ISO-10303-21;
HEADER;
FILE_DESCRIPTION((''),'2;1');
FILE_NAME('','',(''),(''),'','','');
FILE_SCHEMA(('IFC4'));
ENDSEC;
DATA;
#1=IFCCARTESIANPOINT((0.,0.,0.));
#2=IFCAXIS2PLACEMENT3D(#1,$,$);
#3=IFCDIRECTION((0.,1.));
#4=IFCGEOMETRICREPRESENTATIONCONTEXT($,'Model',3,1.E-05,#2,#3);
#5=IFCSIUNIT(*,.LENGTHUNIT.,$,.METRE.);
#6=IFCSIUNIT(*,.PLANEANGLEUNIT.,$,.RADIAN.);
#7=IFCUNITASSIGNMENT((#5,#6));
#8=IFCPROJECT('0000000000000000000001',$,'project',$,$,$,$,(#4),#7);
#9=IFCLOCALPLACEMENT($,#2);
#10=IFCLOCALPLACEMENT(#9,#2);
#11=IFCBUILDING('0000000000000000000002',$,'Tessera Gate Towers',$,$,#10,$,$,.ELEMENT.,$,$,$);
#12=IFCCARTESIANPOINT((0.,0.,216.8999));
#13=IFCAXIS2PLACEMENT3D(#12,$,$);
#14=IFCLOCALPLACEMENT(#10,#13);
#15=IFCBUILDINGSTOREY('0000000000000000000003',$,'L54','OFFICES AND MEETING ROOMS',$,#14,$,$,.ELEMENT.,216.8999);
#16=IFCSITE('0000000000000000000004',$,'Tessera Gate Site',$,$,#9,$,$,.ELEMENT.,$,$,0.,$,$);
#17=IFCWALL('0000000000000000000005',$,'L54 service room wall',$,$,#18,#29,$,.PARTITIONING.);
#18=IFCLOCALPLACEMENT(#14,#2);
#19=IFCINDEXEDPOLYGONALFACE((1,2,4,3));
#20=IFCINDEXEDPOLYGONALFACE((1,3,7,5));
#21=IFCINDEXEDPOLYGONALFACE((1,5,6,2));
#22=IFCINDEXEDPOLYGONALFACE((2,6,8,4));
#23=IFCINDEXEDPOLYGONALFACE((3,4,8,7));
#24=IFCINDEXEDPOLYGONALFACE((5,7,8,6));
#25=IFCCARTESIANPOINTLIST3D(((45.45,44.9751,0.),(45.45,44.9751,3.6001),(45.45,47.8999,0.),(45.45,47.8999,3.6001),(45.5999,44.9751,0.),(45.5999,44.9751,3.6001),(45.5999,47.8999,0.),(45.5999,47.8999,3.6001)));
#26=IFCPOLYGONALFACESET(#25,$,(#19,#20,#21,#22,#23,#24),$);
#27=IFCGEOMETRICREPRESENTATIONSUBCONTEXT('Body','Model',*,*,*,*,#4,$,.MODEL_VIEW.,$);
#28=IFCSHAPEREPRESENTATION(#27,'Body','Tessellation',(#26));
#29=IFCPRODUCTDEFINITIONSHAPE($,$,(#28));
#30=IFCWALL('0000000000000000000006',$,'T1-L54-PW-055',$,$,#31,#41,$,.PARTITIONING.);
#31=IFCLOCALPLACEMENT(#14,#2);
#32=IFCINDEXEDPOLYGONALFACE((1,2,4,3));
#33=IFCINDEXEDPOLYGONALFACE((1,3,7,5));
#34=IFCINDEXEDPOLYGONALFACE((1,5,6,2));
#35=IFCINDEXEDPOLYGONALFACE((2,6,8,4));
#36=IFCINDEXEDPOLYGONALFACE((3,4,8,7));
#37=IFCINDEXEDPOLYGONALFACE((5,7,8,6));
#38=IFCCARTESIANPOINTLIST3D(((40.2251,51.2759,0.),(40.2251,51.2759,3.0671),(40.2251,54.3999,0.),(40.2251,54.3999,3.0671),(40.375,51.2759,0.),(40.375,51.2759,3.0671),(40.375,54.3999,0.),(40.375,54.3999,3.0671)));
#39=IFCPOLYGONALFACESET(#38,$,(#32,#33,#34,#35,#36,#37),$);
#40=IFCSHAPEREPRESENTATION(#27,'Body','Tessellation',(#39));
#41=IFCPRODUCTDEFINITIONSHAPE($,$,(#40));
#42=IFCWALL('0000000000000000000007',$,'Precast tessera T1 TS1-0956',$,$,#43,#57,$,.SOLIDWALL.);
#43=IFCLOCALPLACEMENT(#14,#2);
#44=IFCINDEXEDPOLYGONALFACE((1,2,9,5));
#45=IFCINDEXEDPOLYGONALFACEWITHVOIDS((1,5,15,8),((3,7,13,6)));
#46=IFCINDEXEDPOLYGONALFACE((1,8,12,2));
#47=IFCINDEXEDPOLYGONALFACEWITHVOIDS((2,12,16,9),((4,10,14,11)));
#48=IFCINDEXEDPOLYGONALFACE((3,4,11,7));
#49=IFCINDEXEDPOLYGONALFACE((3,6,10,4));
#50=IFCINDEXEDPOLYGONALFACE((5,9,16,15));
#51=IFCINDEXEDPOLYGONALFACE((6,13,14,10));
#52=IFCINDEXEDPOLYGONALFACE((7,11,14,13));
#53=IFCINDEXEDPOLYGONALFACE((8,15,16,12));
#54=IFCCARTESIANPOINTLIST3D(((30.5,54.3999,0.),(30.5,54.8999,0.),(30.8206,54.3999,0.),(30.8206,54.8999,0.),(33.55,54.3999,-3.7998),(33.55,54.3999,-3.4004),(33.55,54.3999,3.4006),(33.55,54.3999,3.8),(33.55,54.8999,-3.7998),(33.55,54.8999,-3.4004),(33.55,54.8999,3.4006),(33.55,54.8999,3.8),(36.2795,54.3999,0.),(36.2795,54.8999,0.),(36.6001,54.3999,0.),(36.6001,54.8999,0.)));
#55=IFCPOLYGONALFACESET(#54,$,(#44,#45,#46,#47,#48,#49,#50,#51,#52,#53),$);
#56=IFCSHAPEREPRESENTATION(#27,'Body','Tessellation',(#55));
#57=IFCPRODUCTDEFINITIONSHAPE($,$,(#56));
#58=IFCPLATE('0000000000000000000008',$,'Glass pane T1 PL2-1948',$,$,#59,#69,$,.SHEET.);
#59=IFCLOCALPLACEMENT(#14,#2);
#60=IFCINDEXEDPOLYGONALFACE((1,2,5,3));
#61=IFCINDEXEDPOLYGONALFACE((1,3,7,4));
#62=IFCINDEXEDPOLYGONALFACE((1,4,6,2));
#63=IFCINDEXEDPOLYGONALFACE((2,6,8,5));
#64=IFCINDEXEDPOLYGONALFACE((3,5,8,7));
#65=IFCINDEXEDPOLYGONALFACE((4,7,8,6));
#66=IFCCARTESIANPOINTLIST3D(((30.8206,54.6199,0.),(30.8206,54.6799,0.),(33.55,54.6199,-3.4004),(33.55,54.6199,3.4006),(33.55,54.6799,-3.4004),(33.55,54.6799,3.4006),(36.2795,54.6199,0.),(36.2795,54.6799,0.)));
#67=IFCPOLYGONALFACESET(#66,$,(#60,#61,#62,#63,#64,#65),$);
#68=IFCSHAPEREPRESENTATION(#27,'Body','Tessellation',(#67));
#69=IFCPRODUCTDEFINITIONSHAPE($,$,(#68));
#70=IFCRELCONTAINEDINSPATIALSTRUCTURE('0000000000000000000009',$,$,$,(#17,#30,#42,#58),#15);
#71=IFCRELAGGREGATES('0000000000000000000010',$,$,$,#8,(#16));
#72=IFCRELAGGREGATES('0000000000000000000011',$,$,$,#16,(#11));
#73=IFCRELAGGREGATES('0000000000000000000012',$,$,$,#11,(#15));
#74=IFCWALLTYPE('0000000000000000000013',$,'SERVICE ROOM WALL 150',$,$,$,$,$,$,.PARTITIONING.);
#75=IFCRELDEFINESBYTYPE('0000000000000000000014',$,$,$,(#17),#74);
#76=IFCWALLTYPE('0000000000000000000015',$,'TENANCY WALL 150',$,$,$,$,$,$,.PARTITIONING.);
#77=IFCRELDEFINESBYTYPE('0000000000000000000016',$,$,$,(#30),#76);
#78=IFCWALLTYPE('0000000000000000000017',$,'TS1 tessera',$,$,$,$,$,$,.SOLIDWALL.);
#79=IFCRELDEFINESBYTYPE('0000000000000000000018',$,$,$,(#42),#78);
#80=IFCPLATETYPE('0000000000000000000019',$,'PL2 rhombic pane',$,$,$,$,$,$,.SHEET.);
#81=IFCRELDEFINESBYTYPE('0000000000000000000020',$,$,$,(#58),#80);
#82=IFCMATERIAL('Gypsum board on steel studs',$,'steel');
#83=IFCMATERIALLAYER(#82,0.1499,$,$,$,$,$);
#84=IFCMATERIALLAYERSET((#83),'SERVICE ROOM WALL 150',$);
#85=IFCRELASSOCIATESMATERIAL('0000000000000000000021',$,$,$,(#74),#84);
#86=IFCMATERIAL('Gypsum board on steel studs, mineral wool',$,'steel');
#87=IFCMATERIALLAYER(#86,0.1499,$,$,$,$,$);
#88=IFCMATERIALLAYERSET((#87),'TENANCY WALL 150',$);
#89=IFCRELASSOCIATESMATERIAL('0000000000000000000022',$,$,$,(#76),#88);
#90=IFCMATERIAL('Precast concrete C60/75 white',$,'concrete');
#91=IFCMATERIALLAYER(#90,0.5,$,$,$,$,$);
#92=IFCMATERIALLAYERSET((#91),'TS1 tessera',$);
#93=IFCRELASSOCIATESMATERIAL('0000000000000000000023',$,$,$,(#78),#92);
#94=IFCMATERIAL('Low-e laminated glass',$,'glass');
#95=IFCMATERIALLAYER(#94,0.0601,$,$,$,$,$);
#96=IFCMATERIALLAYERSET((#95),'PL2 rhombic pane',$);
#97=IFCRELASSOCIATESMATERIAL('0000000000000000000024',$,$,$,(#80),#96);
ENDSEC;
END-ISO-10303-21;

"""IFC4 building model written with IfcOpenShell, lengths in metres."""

from ifc_helpers import new_model, si_unit, direction, frame, frame_2d, origin, place, context, subcontext, project, spatial, polyline, rectangle, outline, extrude, source, transform, mapped, material, layer, layer_set, type_object, element, fill, save


model = new_model("IFC4")

# Units and contexts
model_context = context("Model", 3, precision=1e-05, world=origin(), true_north=direction((0.0, 1.0)))
body_context = subcontext(model_context, "Body", "Model", "MODEL_VIEW")
ifc_project = project(units=[si_unit("LENGTHUNIT", "METRE"), si_unit("PLANEANGLEUNIT", "RADIAN")], contexts=[model_context])

# Site, building, storey
site_placement = place(None, origin())
site = spatial("IfcSite", under=ifc_project, at=site_placement, Name="Tessera Gate Site", CompositionType="ELEMENT", RefElevation=0.0)
building_placement = place(site_placement, origin())
building = spatial("IfcBuilding", under=site, at=building_placement, Name="Tessera Gate Towers", CompositionType="ELEMENT")
storey_placement = place(building_placement, frame((0.0, 0.0, 216.8999)))
storey = spatial("IfcBuildingStorey", under=building, at=storey_placement, Name="L54", Description="OFFICES AND MEETING ROOMS", CompositionType="ELEMENT", Elevation=216.8999)

# Shared definitions
ifc_material_1 = material(Name="Gypsum board on steel studs", Category="steel")
ifc_layer_1 = layer(ifc_material_1, 0.1499)
ifc_layer_set_1 = layer_set([ifc_layer_1], Name="SERVICE ROOM WALL 150")
wall_type_1 = type_object("IfcWallType", Name="SERVICE ROOM WALL 150", PredefinedType="PARTITIONING", material=ifc_layer_set_1)

# Walls
wall_1_placement = place(storey_placement, frame((45.5249, 44.9751, 0.0), z_axis=(0.0, 0.0, 1.0), x_axis=(0.0, 1.0, 0.0)))
element("IfcWall", 1, at=wall_1_placement, inside=storey, type_object=wall_type_1, Name="L54 service room wall", PredefinedType="PARTITIONING", context=body_context, shape_type="SweptSolid", body=[
    extrude(rectangle(XDim=2.9248, YDim=0.1499, at=frame_2d((1.4624, 0.0))), origin(), (0.0, 0.0, 1.0), 3.6001),
])
ifc_material_2 = material(Name="Gypsum board on steel studs, mineral wool", Category="steel")
ifc_layer_2 = layer(ifc_material_2, 0.1499)
ifc_layer_set_2 = layer_set([ifc_layer_2], Name="TENANCY WALL 150")
wall_type_2 = type_object("IfcWallType", Name="TENANCY WALL 150", PredefinedType="PARTITIONING", material=ifc_layer_set_2)
wall_2_placement = place(storey_placement, frame((40.3, 51.2759, 0.0), z_axis=(0.0, 0.0, 1.0), x_axis=(0.0, 1.0, 0.0)))
element("IfcWall", 2, at=wall_2_placement, inside=storey, type_object=wall_type_2, Name="T1-L54-PW-055", PredefinedType="PARTITIONING", context=body_context, shape_type="SweptSolid", body=[
    extrude(rectangle(XDim=3.124, YDim=0.1499, at=frame_2d((1.562, 0.0))), origin(), (0.0, 0.0, 1.0), 3.0671),
])

# Wall, opening, plate
ifc_material_3 = material(Name="Precast concrete C60/75 white", Category="concrete")
ifc_layer_3 = layer(ifc_material_3, 0.5)
ifc_layer_set_3 = layer_set([ifc_layer_3], Name="TS1 tessera")
wall_type_3 = type_object("IfcWallType", Name="TS1 tessera", PredefinedType="SOLIDWALL", material=ifc_layer_set_3)
shared_shape_1 = source(origin(), body_context, "Body", "SweptSolid", [
    extrude(outline(polyline([(3.05, 0.0), (6.1001, 3.7998), (3.05, 7.5999), (0.0, 3.7998), (3.05, 0.0)])), frame((0.0, 0.25, 0.0), z_axis=(0.0, -1.0, 0.0), x_axis=(1.0, 0.0, 0.0)), (0.0, 0.0, 1.0), 0.5),
])
wall_3_placement = place(storey_placement, frame((36.6001, 54.6499, -3.7998), z_axis=(0.0, 0.0, 1.0), x_axis=(-1.0, 0.0, 0.0)))
wall_3 = element("IfcWall", 3, at=wall_3_placement, inside=storey, type_object=wall_type_3, Name="Precast tessera T1 TS1-0956", PredefinedType="SOLIDWALL", context=body_context, shape_type="MappedRepresentation", body=[
    mapped(shared_shape_1, transform((0.0, 0.0, 0.0), scale=1.0)),
])
shared_shape_2 = source(origin(), body_context, "Body", "SweptSolid", [
    extrude(outline(polyline([(3.05, 0.3994), (5.7795, 3.7998), (3.05, 7.2004), (0.3206, 3.7998), (3.05, 0.3994)])), frame((0.0, 0.26, 0.0), z_axis=(0.0, -1.0, 0.0), x_axis=(1.0, 0.0, 0.0)), (0.0, 0.0, 1.0), 0.52),
])
opening_1_placement = place(wall_3_placement, origin())
opening_1 = element("IfcOpeningElement", 4, at=opening_1_placement, cuts=wall_3, PredefinedType="OPENING", context=body_context, shape_type="MappedRepresentation", body=[
    mapped(shared_shape_2, transform((0.0, 0.0, 0.0), scale=1.0)),
])
ifc_material_4 = material(Name="Low-e laminated glass", Category="glass")
ifc_layer_4 = layer(ifc_material_4, 0.0601)
ifc_layer_set_4 = layer_set([ifc_layer_4], Name="PL2 rhombic pane")
plate_type = type_object("IfcPlateType", Name="PL2 rhombic pane", PredefinedType="SHEET", material=ifc_layer_set_4)
shared_shape_3 = source(origin(), body_context, "Body", "SweptSolid", [
    extrude(outline(polyline([(3.05, 0.3994), (5.7795, 3.7998), (3.05, 7.2004), (0.3206, 3.7998), (3.05, 0.3994)])), frame((0.0, 0.03, 0.0), z_axis=(0.0, -1.0, 0.0), x_axis=(1.0, 0.0, 0.0)), (0.0, 0.0, 1.0), 0.0601),
])
plate_placement = place(opening_1_placement, origin())
plate = element("IfcPlate", 5, at=plate_placement, inside=storey, type_object=plate_type, Name="Glass pane T1 PL2-1948", PredefinedType="SHEET", context=body_context, shape_type="MappedRepresentation", body=[
    mapped(shared_shape_3, transform((0.0, 0.0, 0.0), scale=1.0)),
])
fill(opening_1, plate)

save(model, "model.ifc")
